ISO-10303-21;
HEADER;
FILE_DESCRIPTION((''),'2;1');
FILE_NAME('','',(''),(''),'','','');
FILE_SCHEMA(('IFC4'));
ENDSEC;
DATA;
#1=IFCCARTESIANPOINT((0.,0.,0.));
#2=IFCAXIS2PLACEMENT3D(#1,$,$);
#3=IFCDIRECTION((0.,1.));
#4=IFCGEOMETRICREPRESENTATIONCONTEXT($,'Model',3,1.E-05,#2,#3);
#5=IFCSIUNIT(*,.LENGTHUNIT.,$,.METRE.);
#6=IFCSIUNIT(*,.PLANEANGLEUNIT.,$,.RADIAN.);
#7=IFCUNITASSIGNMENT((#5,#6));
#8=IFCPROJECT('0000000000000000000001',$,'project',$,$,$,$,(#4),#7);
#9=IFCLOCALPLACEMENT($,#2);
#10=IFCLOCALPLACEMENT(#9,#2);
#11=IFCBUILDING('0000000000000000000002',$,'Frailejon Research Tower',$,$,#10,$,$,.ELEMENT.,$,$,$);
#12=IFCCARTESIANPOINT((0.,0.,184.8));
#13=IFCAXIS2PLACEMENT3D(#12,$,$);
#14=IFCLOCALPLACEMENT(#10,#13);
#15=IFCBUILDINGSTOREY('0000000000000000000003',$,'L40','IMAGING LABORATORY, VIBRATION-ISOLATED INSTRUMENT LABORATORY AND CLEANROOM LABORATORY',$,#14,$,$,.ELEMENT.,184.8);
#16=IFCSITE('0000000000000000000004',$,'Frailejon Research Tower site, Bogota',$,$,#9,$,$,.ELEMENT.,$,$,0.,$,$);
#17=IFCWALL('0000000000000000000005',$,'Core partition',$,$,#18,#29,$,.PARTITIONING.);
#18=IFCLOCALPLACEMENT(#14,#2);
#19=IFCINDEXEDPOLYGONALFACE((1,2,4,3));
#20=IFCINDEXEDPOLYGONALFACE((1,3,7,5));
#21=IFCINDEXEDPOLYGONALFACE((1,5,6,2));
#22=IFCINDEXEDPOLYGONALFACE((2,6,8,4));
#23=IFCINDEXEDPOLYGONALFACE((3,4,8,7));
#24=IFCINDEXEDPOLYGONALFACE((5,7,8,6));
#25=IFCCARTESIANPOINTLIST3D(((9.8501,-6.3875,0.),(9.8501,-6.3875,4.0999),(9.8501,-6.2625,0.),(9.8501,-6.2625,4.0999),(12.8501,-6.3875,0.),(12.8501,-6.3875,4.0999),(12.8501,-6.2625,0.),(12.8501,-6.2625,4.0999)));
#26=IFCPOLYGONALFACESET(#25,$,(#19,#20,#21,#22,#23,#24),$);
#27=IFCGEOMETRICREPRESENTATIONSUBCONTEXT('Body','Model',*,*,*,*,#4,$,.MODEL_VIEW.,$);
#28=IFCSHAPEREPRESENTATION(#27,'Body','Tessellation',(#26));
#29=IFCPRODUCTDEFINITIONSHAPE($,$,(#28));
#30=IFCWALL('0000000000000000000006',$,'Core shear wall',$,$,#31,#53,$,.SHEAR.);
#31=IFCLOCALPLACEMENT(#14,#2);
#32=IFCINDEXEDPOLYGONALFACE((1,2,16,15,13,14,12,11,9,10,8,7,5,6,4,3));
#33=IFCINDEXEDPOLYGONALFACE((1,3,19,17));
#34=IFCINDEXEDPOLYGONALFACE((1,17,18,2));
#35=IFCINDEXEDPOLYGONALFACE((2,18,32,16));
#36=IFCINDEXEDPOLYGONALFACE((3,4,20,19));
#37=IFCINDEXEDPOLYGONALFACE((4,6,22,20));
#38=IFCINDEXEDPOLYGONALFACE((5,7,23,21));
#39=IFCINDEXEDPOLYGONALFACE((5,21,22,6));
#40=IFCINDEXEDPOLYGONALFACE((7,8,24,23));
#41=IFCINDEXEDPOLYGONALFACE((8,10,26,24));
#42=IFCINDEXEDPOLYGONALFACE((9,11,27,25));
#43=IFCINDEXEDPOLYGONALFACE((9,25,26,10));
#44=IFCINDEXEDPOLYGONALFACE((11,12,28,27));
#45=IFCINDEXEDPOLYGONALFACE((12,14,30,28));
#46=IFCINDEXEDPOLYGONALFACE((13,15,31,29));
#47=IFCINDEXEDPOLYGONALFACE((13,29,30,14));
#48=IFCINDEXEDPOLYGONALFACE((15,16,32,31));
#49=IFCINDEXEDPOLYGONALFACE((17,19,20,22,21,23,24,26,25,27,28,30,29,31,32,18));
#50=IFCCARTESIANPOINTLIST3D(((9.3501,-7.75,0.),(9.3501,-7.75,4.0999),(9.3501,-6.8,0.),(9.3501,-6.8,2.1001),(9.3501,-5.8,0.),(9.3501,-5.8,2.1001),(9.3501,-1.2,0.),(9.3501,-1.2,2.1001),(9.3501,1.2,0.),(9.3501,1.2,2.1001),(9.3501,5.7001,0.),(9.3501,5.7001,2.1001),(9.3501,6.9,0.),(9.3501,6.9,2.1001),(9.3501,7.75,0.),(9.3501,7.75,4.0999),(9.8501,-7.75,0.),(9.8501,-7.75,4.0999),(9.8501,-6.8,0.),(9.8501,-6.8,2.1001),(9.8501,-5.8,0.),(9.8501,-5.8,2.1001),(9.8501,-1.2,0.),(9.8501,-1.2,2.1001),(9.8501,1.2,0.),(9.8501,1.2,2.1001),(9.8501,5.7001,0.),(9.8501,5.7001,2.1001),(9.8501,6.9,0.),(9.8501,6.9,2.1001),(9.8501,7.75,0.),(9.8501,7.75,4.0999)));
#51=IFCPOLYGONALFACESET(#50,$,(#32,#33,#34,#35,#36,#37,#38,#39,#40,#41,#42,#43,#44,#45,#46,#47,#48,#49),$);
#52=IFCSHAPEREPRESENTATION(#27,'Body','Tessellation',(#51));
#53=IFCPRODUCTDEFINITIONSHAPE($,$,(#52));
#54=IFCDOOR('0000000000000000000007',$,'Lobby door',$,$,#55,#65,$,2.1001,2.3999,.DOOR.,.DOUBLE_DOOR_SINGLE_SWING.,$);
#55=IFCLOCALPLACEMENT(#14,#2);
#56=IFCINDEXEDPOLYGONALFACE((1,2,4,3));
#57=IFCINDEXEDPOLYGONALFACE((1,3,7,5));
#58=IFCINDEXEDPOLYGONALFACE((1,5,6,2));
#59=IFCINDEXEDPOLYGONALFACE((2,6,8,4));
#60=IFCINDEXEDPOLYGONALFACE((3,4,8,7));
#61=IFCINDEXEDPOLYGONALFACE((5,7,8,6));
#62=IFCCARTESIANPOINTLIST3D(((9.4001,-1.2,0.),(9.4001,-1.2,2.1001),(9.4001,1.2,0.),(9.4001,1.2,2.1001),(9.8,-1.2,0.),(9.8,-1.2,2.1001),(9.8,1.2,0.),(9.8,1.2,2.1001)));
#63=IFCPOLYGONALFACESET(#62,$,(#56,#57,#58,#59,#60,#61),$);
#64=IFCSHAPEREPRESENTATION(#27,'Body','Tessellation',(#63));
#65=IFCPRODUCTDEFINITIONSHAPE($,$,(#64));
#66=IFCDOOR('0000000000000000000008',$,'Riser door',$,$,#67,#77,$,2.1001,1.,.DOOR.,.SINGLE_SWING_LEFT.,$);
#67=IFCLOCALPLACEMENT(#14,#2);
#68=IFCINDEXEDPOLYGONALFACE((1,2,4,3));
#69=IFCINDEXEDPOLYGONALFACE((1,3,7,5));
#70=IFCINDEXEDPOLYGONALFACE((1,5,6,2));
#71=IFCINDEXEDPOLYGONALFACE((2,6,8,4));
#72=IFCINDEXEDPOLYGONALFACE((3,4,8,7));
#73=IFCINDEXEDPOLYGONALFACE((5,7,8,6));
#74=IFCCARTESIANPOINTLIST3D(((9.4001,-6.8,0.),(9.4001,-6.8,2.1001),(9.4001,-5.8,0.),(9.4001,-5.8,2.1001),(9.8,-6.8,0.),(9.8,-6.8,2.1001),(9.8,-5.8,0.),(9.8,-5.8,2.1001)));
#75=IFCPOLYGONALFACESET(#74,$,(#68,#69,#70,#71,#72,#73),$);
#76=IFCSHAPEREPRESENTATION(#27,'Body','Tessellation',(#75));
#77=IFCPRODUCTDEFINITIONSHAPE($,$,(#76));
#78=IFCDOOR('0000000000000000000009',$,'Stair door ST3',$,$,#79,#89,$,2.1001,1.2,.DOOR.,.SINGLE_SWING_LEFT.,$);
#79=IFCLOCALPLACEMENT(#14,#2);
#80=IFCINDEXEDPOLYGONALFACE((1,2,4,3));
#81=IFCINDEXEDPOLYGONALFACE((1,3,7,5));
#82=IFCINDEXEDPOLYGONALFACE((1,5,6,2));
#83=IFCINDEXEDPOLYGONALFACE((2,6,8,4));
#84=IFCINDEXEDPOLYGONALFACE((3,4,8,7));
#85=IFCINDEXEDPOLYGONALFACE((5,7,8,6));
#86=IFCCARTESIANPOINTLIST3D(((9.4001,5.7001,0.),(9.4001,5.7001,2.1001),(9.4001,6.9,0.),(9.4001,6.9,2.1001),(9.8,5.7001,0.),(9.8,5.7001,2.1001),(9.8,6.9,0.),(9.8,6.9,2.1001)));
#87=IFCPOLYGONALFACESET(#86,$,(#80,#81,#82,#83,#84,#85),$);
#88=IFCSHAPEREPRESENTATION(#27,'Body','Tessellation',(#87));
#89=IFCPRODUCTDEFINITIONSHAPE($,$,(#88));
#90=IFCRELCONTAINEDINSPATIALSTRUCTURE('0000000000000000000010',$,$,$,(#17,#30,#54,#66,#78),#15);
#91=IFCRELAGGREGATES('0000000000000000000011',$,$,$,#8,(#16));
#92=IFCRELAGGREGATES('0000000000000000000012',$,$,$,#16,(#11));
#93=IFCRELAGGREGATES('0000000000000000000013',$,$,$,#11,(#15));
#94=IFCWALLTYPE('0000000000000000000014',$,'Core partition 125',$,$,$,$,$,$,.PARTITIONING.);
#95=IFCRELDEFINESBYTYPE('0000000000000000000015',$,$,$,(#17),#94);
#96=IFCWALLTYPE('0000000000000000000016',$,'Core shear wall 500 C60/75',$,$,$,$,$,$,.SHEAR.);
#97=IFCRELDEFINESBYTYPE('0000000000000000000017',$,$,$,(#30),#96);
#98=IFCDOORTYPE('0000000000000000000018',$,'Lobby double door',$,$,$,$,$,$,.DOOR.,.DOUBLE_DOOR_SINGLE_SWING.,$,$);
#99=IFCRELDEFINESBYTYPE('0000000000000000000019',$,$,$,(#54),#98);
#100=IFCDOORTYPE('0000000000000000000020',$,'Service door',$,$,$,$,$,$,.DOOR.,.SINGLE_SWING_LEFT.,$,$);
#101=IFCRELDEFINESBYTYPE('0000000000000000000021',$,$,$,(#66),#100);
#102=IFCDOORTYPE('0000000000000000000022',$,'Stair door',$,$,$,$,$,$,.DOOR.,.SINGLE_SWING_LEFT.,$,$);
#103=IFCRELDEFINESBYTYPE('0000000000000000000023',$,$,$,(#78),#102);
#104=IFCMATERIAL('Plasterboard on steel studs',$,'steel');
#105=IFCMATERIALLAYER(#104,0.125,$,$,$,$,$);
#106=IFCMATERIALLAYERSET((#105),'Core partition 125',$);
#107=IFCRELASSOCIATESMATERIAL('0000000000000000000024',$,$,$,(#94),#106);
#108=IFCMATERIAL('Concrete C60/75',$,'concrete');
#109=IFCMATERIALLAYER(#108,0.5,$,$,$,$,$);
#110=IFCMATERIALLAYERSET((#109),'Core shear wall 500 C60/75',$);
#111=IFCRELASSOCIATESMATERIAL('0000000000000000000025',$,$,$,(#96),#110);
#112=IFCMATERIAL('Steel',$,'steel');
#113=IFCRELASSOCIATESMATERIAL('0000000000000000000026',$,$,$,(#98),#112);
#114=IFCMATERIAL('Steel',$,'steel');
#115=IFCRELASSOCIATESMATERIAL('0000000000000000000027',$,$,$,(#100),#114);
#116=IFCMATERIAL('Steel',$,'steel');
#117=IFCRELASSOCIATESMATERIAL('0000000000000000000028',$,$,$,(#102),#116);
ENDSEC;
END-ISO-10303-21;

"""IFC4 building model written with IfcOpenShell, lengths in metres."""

from ifc_helpers import new_model, si_unit, direction, frame, frame_2d, origin, place, context, subcontext, project, spatial, rectangle, extrude, material, layer, layer_set, type_object, element, fill, save


model = new_model("IFC4")

# Units and contexts
model_context = context("Model", 3, precision=1e-05, world=origin(), true_north=direction((0.0, 1.0)))
body_context = subcontext(model_context, "Body", "Model", "MODEL_VIEW")
ifc_project = project(units=[si_unit("LENGTHUNIT", "METRE"), si_unit("PLANEANGLEUNIT", "RADIAN")], contexts=[model_context])

# Site, building, storey
site_placement = place(None, origin())
site = spatial("IfcSite", under=ifc_project, at=site_placement, Name="Frailejon Research Tower site, Bogota", CompositionType="ELEMENT", RefElevation=0.0)
building_placement = place(site_placement, origin())
building = spatial("IfcBuilding", under=site, at=building_placement, Name="Frailejon Research Tower", CompositionType="ELEMENT")
storey_placement = place(building_placement, frame((0.0, 0.0, 184.8)))
storey = spatial("IfcBuildingStorey", under=building, at=storey_placement, Name="L40", Description="IMAGING LABORATORY, VIBRATION-ISOLATED INSTRUMENT LABORATORY AND CLEANROOM LABORATORY", CompositionType="ELEMENT", Elevation=184.8)

# Wall
ifc_material_1 = material(Name="Plasterboard on steel studs", Category="steel")
ifc_layer_1 = layer(ifc_material_1, 0.125)
ifc_layer_set_1 = layer_set([ifc_layer_1], Name="Core partition 125")
wall_type_1 = type_object("IfcWallType", Name="Core partition 125", PredefinedType="PARTITIONING", material=ifc_layer_set_1)
wall_1_placement = place(storey_placement, frame((9.8501, -6.325, 0.0), z_axis=(0.0, 0.0, 1.0), x_axis=(1.0, 0.0, 0.0)))
element("IfcWall", 1, at=wall_1_placement, inside=storey, type_object=wall_type_1, Name="Core partition", PredefinedType="PARTITIONING", context=body_context, shape_type="SweptSolid", body=[
    extrude(rectangle(XDim=3.0, YDim=0.125, at=frame_2d((1.5, 0.0))), origin(), (0.0, 0.0, 1.0), 4.0999),
])

# Wall, openings, doors
ifc_material_2 = material(Name="Concrete C60/75", Category="concrete")
ifc_layer_2 = layer(ifc_material_2, 0.5)
ifc_layer_set_2 = layer_set([ifc_layer_2], Name="Core shear wall 500 C60/75")
wall_type_2 = type_object("IfcWallType", Name="Core shear wall 500 C60/75", PredefinedType="SHEAR", material=ifc_layer_set_2)
wall_2_placement = place(storey_placement, frame((9.6001, -7.75, 0.0), z_axis=(0.0, 0.0, 1.0), x_axis=(0.0, 1.0, 0.0)))
wall_2 = element("IfcWall", 2, at=wall_2_placement, inside=storey, type_object=wall_type_2, Name="Core shear wall", PredefinedType="SHEAR", context=body_context, shape_type="SweptSolid", body=[
    extrude(rectangle(XDim=15.5, YDim=0.5, at=frame_2d((7.75, 0.0))), origin(), (0.0, 0.0, 1.0), 4.0999),
])
opening_1_placement = place(wall_2_placement, frame((6.55, 0.0, 0.0)))
opening_1 = element("IfcOpeningElement", 3, at=opening_1_placement, cuts=wall_2, PredefinedType="OPENING", context=body_context, shape_type="SweptSolid", body=[
    extrude(rectangle(XDim=2.3999, YDim=2.1001, at=frame_2d((1.2, 1.05))), frame((0.0, 0.26, 0.0), z_axis=(0.0, -1.0, 0.0), x_axis=(1.0, 0.0, 0.0)), (0.0, 0.0, 1.0), 0.52),
])
opening_2_placement = place(wall_2_placement, frame((13.45, 0.0, 0.0)))
opening_2 = element("IfcOpeningElement", 4, at=opening_2_placement, cuts=wall_2, PredefinedType="OPENING", context=body_context, shape_type="SweptSolid", body=[
    extrude(rectangle(XDim=1.2, YDim=2.1001, at=frame_2d((0.6001, 1.05))), frame((0.0, 0.26, 0.0), z_axis=(0.0, -1.0, 0.0), x_axis=(1.0, 0.0, 0.0)), (0.0, 0.0, 1.0), 0.52),
])
opening_3_placement = place(wall_2_placement, frame((0.95, 0.0, 0.0)))
opening_3 = element("IfcOpeningElement", 5, at=opening_3_placement, cuts=wall_2, PredefinedType="OPENING", context=body_context, shape_type="SweptSolid", body=[
    extrude(rectangle(XDim=1.0, YDim=2.1001, at=frame_2d((0.5, 1.05))), frame((0.0, 0.26, 0.0), z_axis=(0.0, -1.0, 0.0), x_axis=(1.0, 0.0, 0.0)), (0.0, 0.0, 1.0), 0.52),
])
ifc_material_3 = material(Name="Steel", Category="steel")
door_type_1 = type_object("IfcDoorType", Name="Lobby double door", OperationType="DOUBLE_DOOR_SINGLE_SWING", PredefinedType="DOOR", material=ifc_material_3)
door_1_placement = place(opening_1_placement, origin())
door_1 = element("IfcDoor", 6, at=door_1_placement, inside=storey, type_object=door_type_1, Name="Lobby door", OperationType="DOUBLE_DOOR_SINGLE_SWING", OverallHeight=2.1001, OverallWidth=2.3999, PredefinedType="DOOR", context=body_context, shape_type="SweptSolid", body=[
    extrude(rectangle(XDim=2.3999, YDim=2.1001, at=frame_2d((1.2, 1.05))), frame((0.0, 0.2, 0.0), z_axis=(0.0, -1.0, 0.0), x_axis=(1.0, 0.0, 0.0)), (0.0, 0.0, 1.0), 0.3999),
])
fill(opening_1, door_1)
ifc_material_4 = material(Name="Steel", Category="steel")
door_type_2 = type_object("IfcDoorType", Name="Service door", OperationType="SINGLE_SWING_LEFT", PredefinedType="DOOR", material=ifc_material_4)
door_2_placement = place(opening_3_placement, origin())
door_2 = element("IfcDoor", 7, at=door_2_placement, inside=storey, type_object=door_type_2, Name="Riser door", OperationType="SINGLE_SWING_LEFT", OverallHeight=2.1001, OverallWidth=1.0, PredefinedType="DOOR", context=body_context, shape_type="SweptSolid", body=[
    extrude(rectangle(XDim=1.0, YDim=2.1001, at=frame_2d((0.5, 1.05))), frame((0.0, 0.2, 0.0), z_axis=(0.0, -1.0, 0.0), x_axis=(1.0, 0.0, 0.0)), (0.0, 0.0, 1.0), 0.3999),
])
fill(opening_3, door_2)
ifc_material_5 = material(Name="Steel", Category="steel")
door_type_3 = type_object("IfcDoorType", Name="Stair door", OperationType="SINGLE_SWING_LEFT", PredefinedType="DOOR", material=ifc_material_5)
door_3_placement = place(opening_2_placement, origin())
door_3 = element("IfcDoor", 8, at=door_3_placement, inside=storey, type_object=door_type_3, Name="Stair door ST3", OperationType="SINGLE_SWING_LEFT", OverallHeight=2.1001, OverallWidth=1.2, PredefinedType="DOOR", context=body_context, shape_type="SweptSolid", body=[
    extrude(rectangle(XDim=1.2, YDim=2.1001, at=frame_2d((0.6001, 1.05))), frame((0.0, 0.2, 0.0), z_axis=(0.0, -1.0, 0.0), x_axis=(1.0, 0.0, 0.0)), (0.0, 0.0, 1.0), 0.3999),
])
fill(opening_2, door_3)

save(model, "model.ifc")
